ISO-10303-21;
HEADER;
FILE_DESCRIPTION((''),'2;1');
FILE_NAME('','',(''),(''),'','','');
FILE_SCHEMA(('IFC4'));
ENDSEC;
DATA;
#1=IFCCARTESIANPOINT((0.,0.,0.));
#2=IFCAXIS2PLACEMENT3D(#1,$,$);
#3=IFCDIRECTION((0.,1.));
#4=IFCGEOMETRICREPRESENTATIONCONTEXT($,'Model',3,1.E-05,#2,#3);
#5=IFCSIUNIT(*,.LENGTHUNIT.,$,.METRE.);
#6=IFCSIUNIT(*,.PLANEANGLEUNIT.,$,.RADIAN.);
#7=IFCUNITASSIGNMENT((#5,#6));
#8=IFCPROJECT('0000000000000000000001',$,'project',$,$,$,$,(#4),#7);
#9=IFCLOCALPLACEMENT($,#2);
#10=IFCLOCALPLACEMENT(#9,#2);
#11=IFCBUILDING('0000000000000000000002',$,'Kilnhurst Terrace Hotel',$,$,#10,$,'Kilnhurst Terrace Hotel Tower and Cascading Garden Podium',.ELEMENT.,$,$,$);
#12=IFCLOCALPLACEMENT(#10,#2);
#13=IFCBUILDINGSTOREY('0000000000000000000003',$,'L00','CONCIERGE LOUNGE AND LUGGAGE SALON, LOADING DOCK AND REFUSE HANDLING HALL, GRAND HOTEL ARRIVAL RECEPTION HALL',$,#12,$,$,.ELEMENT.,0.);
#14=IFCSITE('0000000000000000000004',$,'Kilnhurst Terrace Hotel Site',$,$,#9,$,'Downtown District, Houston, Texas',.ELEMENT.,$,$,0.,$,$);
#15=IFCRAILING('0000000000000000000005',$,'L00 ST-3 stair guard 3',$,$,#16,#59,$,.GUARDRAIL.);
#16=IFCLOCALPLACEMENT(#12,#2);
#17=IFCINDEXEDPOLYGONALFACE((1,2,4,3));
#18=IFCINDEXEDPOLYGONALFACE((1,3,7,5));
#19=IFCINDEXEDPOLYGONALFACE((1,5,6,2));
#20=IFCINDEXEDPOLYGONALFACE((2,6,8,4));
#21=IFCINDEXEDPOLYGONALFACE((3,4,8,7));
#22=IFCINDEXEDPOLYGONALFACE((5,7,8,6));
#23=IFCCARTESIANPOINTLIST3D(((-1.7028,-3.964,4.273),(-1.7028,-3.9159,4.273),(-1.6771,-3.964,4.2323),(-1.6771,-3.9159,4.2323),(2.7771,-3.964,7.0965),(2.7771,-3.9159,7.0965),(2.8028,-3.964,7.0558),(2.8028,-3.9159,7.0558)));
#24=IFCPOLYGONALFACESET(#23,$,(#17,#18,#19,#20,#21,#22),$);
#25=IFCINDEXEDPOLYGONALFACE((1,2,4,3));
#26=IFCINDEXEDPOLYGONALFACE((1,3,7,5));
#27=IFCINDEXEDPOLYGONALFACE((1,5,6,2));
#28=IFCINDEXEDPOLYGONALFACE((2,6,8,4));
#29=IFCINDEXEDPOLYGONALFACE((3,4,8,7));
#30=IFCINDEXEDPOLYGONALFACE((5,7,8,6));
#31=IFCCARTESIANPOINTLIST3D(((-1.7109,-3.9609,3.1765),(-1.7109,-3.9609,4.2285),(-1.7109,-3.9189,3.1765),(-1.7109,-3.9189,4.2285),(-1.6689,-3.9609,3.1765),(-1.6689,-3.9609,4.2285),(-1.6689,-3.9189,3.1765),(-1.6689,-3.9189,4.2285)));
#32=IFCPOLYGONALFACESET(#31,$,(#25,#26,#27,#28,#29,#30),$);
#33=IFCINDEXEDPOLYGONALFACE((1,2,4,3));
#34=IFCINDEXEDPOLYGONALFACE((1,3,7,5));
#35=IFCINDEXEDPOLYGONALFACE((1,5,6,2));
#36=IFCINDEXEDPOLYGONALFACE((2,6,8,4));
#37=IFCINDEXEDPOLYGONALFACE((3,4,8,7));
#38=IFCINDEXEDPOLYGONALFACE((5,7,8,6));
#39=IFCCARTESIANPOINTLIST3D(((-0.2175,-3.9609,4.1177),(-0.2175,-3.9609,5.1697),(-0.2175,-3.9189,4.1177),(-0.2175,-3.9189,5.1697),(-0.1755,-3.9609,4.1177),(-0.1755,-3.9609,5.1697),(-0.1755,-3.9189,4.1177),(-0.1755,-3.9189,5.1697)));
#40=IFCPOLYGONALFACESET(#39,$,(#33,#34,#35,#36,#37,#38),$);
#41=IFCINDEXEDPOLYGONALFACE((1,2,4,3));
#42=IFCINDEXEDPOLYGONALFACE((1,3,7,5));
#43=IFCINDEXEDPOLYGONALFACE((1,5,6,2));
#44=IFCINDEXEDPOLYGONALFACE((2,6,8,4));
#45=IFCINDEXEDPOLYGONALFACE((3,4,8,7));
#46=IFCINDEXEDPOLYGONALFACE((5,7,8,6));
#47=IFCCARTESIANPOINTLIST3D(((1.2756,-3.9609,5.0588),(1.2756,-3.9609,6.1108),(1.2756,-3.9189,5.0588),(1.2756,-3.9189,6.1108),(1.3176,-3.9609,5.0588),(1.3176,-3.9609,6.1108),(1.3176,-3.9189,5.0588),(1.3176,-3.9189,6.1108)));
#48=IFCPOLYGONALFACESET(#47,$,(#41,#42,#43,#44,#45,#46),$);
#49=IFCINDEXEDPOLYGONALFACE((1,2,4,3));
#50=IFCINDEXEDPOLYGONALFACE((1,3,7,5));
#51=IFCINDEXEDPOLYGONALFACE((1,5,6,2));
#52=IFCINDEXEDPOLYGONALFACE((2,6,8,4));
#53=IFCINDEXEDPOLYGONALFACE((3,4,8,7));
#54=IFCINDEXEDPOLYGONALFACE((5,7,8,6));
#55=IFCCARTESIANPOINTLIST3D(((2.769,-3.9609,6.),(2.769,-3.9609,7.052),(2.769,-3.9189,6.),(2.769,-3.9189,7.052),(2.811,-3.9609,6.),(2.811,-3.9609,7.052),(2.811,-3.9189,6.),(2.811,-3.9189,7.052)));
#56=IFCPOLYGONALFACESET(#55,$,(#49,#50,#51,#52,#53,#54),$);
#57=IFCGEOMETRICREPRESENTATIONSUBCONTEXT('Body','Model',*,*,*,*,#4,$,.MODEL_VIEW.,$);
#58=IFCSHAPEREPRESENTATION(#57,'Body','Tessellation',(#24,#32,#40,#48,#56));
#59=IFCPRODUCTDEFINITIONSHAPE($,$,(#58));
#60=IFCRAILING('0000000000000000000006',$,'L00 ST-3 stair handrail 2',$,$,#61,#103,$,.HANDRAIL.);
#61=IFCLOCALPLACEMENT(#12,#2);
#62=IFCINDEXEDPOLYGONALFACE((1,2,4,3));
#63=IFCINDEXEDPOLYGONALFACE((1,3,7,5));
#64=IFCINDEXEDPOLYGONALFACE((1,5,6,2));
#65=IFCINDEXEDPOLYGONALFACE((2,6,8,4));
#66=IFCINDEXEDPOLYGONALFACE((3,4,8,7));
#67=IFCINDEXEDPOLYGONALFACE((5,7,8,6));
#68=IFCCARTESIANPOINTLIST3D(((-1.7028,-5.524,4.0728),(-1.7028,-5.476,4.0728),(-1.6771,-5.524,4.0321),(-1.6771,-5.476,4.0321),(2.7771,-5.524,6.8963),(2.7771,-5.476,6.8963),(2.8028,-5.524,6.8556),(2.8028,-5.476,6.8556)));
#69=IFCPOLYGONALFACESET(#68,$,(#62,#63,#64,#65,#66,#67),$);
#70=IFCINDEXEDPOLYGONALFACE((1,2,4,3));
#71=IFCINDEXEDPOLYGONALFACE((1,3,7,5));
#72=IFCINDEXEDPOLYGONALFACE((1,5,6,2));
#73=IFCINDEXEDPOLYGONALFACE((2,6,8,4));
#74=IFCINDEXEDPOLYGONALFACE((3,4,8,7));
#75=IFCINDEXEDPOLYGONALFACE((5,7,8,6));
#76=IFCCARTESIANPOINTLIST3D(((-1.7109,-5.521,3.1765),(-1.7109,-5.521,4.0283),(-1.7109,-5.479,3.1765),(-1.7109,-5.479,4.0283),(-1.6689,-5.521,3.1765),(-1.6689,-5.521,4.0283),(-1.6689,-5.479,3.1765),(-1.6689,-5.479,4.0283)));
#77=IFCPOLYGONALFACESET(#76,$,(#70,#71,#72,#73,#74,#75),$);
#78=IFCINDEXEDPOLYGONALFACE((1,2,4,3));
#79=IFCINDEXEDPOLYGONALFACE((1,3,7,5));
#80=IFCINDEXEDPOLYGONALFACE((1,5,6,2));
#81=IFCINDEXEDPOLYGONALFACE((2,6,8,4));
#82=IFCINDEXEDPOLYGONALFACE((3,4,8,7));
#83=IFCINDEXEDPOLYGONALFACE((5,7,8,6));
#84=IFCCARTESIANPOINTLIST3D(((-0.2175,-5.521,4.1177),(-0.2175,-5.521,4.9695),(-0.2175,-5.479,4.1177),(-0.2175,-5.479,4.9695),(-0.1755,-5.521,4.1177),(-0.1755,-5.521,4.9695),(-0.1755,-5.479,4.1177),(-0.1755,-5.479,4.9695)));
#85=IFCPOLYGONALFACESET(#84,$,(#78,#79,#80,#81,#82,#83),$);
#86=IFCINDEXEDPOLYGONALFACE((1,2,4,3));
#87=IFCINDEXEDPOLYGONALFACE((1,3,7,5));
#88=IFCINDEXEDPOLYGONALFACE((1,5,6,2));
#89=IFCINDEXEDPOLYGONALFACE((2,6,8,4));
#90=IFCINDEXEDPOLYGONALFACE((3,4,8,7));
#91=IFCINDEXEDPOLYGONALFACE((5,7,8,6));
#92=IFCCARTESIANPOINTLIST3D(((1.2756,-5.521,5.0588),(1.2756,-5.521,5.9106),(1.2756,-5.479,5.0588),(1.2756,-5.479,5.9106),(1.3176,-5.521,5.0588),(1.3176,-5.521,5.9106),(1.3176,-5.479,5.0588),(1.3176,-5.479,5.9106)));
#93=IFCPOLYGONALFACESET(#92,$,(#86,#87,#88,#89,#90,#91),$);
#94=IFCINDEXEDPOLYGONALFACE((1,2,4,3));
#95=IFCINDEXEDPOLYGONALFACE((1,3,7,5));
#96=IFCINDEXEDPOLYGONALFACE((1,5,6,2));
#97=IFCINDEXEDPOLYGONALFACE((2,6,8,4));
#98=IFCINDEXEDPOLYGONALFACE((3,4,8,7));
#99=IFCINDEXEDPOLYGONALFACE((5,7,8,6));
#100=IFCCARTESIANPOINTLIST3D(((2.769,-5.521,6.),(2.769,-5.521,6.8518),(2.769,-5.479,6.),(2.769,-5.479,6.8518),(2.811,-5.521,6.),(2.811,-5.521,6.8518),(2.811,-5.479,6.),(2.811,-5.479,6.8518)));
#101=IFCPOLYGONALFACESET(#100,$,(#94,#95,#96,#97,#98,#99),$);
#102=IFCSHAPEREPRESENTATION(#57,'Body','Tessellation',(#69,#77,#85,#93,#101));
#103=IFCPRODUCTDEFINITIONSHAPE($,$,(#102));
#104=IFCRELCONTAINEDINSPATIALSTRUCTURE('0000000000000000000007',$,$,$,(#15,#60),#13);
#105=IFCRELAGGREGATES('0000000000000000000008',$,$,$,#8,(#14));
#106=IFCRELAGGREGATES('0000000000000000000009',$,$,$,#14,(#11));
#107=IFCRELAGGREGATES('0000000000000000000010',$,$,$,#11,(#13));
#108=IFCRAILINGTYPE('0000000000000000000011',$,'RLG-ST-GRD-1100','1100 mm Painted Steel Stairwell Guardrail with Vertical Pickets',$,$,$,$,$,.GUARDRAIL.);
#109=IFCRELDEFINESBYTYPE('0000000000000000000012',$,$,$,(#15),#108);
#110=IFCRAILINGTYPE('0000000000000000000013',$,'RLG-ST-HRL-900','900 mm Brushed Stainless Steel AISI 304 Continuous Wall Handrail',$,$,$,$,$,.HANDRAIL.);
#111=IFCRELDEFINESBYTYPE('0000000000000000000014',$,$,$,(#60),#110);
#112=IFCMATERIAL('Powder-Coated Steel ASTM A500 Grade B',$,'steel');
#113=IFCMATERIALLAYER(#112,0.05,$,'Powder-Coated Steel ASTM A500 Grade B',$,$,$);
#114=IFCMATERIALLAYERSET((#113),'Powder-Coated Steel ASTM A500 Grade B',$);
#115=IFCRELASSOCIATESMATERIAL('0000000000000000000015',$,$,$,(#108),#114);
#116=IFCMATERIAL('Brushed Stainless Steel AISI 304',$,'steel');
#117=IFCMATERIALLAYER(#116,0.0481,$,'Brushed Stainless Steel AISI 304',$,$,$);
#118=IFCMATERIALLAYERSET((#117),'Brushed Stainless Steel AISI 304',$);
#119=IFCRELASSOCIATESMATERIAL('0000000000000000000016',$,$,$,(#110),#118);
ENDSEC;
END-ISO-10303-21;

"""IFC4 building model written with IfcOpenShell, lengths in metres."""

from ifc_helpers import new_model, si_unit, direction, frame, origin, origin_2d, place, context, subcontext, project, spatial, rectangle, extrude, material, layer, layer_set, type_object, element, save


model = new_model("IFC4")

# Units and contexts
model_context = context("Model", 3, precision=1e-05, world=origin(), true_north=direction((0.0, 1.0)))
body_context = subcontext(model_context, "Body", "Model", "MODEL_VIEW")
ifc_project = project(units=[si_unit("LENGTHUNIT", "METRE"), si_unit("PLANEANGLEUNIT", "RADIAN")], contexts=[model_context])

# Site, building, storey
site_placement = place(None, origin())
site = spatial("IfcSite", under=ifc_project, at=site_placement, Name="Kilnhurst Terrace Hotel Site", LongName="Downtown District, Houston, Texas", CompositionType="ELEMENT", RefElevation=0.0)
building_placement = place(site_placement, origin())
building = spatial("IfcBuilding", under=site, at=building_placement, Name="Kilnhurst Terrace Hotel", LongName="Kilnhurst Terrace Hotel Tower and Cascading Garden Podium", CompositionType="ELEMENT")
storey_placement = place(building_placement, origin())
storey = spatial("IfcBuildingStorey", under=building, at=storey_placement, Name="L00", Description="CONCIERGE LOUNGE AND LUGGAGE SALON, LOADING DOCK AND REFUSE HANDLING HALL, GRAND HOTEL ARRIVAL RECEPTION HALL", CompositionType="ELEMENT", Elevation=0.0)

# Railings
ifc_material_1 = material(Name="Powder-Coated Steel ASTM A500 Grade B", Category="steel")
ifc_layer_1 = layer(ifc_material_1, 0.05, Name="Powder-Coated Steel ASTM A500 Grade B")
ifc_layer_set_1 = layer_set([ifc_layer_1], Name="Powder-Coated Steel ASTM A500 Grade B")
railing_type_1 = type_object("IfcRailingType", Name="RLG-ST-GRD-1100", Description="1100 mm Painted Steel Stairwell Guardrail with Vertical Pickets", PredefinedType="GUARDRAIL", material=ifc_layer_set_1)
railing_1_placement = place(storey_placement, frame((-1.6899, -3.9399, 3.1765)))
element("IfcRailing", 1, at=railing_1_placement, inside=storey, type_object=railing_type_1, Name="L00 ST-3 stair guard 3", PredefinedType="GUARDRAIL", context=body_context, shape_type="SweptSolid", body=[
    extrude(rectangle(XDim=0.0481, YDim=0.0481, at=origin_2d()), frame((0.0, 0.0, 1.0762), z_axis=(0.845998, 0.0, 0.533186), x_axis=(0.0, 1.0, 0.0)), (0.0, 0.0, 1.0), 5.2954),
    extrude(rectangle(XDim=0.042, YDim=0.042, at=origin_2d()), origin(), (0.0, 0.0, 1.0), 1.052),
    extrude(rectangle(XDim=0.042, YDim=0.042, at=origin_2d()), frame((1.4934, 0.0, 0.9412)), (0.0, 0.0, 1.0), 1.052),
    extrude(rectangle(XDim=0.042, YDim=0.042, at=origin_2d()), frame((2.9866, 0.0, 1.8823)), (0.0, 0.0, 1.0), 1.052),
    extrude(rectangle(XDim=0.042, YDim=0.042, at=origin_2d()), frame((4.48, 0.0, 2.8235)), (0.0, 0.0, 1.0), 1.052),
])
ifc_material_2 = material(Name="Brushed Stainless Steel AISI 304", Category="steel")
ifc_layer_2 = layer(ifc_material_2, 0.0481, Name="Brushed Stainless Steel AISI 304")
ifc_layer_set_2 = layer_set([ifc_layer_2], Name="Brushed Stainless Steel AISI 304")
railing_type_2 = type_object("IfcRailingType", Name="RLG-ST-HRL-900", Description="900 mm Brushed Stainless Steel AISI 304 Continuous Wall Handrail", PredefinedType="HANDRAIL", material=ifc_layer_set_2)
railing_2_placement = place(storey_placement, frame((-1.6899, -5.5, 3.1765)))
element("IfcRailing", 2, at=railing_2_placement, inside=storey, type_object=railing_type_2, Name="L00 ST-3 stair handrail 2", PredefinedType="HANDRAIL", context=body_context, shape_type="SweptSolid", body=[
    extrude(rectangle(XDim=0.0481, YDim=0.0481, at=origin_2d()), frame((0.0, 0.0, 0.876), z_axis=(0.845998, 0.0, 0.533186), x_axis=(0.0, 1.0, 0.0)), (0.0, 0.0, 1.0), 5.2954),
    extrude(rectangle(XDim=0.042, YDim=0.042, at=origin_2d()), origin(), (0.0, 0.0, 1.0), 0.8518),
    extrude(rectangle(XDim=0.042, YDim=0.042, at=origin_2d()), frame((1.4934, 0.0, 0.9412)), (0.0, 0.0, 1.0), 0.8518),
    extrude(rectangle(XDim=0.042, YDim=0.042, at=origin_2d()), frame((2.9866, 0.0, 1.8823)), (0.0, 0.0, 1.0), 0.8518),
    extrude(rectangle(XDim=0.042, YDim=0.042, at=origin_2d()), frame((4.48, 0.0, 2.8235)), (0.0, 0.0, 1.0), 0.8518),
])

save(model, "model.ifc")
